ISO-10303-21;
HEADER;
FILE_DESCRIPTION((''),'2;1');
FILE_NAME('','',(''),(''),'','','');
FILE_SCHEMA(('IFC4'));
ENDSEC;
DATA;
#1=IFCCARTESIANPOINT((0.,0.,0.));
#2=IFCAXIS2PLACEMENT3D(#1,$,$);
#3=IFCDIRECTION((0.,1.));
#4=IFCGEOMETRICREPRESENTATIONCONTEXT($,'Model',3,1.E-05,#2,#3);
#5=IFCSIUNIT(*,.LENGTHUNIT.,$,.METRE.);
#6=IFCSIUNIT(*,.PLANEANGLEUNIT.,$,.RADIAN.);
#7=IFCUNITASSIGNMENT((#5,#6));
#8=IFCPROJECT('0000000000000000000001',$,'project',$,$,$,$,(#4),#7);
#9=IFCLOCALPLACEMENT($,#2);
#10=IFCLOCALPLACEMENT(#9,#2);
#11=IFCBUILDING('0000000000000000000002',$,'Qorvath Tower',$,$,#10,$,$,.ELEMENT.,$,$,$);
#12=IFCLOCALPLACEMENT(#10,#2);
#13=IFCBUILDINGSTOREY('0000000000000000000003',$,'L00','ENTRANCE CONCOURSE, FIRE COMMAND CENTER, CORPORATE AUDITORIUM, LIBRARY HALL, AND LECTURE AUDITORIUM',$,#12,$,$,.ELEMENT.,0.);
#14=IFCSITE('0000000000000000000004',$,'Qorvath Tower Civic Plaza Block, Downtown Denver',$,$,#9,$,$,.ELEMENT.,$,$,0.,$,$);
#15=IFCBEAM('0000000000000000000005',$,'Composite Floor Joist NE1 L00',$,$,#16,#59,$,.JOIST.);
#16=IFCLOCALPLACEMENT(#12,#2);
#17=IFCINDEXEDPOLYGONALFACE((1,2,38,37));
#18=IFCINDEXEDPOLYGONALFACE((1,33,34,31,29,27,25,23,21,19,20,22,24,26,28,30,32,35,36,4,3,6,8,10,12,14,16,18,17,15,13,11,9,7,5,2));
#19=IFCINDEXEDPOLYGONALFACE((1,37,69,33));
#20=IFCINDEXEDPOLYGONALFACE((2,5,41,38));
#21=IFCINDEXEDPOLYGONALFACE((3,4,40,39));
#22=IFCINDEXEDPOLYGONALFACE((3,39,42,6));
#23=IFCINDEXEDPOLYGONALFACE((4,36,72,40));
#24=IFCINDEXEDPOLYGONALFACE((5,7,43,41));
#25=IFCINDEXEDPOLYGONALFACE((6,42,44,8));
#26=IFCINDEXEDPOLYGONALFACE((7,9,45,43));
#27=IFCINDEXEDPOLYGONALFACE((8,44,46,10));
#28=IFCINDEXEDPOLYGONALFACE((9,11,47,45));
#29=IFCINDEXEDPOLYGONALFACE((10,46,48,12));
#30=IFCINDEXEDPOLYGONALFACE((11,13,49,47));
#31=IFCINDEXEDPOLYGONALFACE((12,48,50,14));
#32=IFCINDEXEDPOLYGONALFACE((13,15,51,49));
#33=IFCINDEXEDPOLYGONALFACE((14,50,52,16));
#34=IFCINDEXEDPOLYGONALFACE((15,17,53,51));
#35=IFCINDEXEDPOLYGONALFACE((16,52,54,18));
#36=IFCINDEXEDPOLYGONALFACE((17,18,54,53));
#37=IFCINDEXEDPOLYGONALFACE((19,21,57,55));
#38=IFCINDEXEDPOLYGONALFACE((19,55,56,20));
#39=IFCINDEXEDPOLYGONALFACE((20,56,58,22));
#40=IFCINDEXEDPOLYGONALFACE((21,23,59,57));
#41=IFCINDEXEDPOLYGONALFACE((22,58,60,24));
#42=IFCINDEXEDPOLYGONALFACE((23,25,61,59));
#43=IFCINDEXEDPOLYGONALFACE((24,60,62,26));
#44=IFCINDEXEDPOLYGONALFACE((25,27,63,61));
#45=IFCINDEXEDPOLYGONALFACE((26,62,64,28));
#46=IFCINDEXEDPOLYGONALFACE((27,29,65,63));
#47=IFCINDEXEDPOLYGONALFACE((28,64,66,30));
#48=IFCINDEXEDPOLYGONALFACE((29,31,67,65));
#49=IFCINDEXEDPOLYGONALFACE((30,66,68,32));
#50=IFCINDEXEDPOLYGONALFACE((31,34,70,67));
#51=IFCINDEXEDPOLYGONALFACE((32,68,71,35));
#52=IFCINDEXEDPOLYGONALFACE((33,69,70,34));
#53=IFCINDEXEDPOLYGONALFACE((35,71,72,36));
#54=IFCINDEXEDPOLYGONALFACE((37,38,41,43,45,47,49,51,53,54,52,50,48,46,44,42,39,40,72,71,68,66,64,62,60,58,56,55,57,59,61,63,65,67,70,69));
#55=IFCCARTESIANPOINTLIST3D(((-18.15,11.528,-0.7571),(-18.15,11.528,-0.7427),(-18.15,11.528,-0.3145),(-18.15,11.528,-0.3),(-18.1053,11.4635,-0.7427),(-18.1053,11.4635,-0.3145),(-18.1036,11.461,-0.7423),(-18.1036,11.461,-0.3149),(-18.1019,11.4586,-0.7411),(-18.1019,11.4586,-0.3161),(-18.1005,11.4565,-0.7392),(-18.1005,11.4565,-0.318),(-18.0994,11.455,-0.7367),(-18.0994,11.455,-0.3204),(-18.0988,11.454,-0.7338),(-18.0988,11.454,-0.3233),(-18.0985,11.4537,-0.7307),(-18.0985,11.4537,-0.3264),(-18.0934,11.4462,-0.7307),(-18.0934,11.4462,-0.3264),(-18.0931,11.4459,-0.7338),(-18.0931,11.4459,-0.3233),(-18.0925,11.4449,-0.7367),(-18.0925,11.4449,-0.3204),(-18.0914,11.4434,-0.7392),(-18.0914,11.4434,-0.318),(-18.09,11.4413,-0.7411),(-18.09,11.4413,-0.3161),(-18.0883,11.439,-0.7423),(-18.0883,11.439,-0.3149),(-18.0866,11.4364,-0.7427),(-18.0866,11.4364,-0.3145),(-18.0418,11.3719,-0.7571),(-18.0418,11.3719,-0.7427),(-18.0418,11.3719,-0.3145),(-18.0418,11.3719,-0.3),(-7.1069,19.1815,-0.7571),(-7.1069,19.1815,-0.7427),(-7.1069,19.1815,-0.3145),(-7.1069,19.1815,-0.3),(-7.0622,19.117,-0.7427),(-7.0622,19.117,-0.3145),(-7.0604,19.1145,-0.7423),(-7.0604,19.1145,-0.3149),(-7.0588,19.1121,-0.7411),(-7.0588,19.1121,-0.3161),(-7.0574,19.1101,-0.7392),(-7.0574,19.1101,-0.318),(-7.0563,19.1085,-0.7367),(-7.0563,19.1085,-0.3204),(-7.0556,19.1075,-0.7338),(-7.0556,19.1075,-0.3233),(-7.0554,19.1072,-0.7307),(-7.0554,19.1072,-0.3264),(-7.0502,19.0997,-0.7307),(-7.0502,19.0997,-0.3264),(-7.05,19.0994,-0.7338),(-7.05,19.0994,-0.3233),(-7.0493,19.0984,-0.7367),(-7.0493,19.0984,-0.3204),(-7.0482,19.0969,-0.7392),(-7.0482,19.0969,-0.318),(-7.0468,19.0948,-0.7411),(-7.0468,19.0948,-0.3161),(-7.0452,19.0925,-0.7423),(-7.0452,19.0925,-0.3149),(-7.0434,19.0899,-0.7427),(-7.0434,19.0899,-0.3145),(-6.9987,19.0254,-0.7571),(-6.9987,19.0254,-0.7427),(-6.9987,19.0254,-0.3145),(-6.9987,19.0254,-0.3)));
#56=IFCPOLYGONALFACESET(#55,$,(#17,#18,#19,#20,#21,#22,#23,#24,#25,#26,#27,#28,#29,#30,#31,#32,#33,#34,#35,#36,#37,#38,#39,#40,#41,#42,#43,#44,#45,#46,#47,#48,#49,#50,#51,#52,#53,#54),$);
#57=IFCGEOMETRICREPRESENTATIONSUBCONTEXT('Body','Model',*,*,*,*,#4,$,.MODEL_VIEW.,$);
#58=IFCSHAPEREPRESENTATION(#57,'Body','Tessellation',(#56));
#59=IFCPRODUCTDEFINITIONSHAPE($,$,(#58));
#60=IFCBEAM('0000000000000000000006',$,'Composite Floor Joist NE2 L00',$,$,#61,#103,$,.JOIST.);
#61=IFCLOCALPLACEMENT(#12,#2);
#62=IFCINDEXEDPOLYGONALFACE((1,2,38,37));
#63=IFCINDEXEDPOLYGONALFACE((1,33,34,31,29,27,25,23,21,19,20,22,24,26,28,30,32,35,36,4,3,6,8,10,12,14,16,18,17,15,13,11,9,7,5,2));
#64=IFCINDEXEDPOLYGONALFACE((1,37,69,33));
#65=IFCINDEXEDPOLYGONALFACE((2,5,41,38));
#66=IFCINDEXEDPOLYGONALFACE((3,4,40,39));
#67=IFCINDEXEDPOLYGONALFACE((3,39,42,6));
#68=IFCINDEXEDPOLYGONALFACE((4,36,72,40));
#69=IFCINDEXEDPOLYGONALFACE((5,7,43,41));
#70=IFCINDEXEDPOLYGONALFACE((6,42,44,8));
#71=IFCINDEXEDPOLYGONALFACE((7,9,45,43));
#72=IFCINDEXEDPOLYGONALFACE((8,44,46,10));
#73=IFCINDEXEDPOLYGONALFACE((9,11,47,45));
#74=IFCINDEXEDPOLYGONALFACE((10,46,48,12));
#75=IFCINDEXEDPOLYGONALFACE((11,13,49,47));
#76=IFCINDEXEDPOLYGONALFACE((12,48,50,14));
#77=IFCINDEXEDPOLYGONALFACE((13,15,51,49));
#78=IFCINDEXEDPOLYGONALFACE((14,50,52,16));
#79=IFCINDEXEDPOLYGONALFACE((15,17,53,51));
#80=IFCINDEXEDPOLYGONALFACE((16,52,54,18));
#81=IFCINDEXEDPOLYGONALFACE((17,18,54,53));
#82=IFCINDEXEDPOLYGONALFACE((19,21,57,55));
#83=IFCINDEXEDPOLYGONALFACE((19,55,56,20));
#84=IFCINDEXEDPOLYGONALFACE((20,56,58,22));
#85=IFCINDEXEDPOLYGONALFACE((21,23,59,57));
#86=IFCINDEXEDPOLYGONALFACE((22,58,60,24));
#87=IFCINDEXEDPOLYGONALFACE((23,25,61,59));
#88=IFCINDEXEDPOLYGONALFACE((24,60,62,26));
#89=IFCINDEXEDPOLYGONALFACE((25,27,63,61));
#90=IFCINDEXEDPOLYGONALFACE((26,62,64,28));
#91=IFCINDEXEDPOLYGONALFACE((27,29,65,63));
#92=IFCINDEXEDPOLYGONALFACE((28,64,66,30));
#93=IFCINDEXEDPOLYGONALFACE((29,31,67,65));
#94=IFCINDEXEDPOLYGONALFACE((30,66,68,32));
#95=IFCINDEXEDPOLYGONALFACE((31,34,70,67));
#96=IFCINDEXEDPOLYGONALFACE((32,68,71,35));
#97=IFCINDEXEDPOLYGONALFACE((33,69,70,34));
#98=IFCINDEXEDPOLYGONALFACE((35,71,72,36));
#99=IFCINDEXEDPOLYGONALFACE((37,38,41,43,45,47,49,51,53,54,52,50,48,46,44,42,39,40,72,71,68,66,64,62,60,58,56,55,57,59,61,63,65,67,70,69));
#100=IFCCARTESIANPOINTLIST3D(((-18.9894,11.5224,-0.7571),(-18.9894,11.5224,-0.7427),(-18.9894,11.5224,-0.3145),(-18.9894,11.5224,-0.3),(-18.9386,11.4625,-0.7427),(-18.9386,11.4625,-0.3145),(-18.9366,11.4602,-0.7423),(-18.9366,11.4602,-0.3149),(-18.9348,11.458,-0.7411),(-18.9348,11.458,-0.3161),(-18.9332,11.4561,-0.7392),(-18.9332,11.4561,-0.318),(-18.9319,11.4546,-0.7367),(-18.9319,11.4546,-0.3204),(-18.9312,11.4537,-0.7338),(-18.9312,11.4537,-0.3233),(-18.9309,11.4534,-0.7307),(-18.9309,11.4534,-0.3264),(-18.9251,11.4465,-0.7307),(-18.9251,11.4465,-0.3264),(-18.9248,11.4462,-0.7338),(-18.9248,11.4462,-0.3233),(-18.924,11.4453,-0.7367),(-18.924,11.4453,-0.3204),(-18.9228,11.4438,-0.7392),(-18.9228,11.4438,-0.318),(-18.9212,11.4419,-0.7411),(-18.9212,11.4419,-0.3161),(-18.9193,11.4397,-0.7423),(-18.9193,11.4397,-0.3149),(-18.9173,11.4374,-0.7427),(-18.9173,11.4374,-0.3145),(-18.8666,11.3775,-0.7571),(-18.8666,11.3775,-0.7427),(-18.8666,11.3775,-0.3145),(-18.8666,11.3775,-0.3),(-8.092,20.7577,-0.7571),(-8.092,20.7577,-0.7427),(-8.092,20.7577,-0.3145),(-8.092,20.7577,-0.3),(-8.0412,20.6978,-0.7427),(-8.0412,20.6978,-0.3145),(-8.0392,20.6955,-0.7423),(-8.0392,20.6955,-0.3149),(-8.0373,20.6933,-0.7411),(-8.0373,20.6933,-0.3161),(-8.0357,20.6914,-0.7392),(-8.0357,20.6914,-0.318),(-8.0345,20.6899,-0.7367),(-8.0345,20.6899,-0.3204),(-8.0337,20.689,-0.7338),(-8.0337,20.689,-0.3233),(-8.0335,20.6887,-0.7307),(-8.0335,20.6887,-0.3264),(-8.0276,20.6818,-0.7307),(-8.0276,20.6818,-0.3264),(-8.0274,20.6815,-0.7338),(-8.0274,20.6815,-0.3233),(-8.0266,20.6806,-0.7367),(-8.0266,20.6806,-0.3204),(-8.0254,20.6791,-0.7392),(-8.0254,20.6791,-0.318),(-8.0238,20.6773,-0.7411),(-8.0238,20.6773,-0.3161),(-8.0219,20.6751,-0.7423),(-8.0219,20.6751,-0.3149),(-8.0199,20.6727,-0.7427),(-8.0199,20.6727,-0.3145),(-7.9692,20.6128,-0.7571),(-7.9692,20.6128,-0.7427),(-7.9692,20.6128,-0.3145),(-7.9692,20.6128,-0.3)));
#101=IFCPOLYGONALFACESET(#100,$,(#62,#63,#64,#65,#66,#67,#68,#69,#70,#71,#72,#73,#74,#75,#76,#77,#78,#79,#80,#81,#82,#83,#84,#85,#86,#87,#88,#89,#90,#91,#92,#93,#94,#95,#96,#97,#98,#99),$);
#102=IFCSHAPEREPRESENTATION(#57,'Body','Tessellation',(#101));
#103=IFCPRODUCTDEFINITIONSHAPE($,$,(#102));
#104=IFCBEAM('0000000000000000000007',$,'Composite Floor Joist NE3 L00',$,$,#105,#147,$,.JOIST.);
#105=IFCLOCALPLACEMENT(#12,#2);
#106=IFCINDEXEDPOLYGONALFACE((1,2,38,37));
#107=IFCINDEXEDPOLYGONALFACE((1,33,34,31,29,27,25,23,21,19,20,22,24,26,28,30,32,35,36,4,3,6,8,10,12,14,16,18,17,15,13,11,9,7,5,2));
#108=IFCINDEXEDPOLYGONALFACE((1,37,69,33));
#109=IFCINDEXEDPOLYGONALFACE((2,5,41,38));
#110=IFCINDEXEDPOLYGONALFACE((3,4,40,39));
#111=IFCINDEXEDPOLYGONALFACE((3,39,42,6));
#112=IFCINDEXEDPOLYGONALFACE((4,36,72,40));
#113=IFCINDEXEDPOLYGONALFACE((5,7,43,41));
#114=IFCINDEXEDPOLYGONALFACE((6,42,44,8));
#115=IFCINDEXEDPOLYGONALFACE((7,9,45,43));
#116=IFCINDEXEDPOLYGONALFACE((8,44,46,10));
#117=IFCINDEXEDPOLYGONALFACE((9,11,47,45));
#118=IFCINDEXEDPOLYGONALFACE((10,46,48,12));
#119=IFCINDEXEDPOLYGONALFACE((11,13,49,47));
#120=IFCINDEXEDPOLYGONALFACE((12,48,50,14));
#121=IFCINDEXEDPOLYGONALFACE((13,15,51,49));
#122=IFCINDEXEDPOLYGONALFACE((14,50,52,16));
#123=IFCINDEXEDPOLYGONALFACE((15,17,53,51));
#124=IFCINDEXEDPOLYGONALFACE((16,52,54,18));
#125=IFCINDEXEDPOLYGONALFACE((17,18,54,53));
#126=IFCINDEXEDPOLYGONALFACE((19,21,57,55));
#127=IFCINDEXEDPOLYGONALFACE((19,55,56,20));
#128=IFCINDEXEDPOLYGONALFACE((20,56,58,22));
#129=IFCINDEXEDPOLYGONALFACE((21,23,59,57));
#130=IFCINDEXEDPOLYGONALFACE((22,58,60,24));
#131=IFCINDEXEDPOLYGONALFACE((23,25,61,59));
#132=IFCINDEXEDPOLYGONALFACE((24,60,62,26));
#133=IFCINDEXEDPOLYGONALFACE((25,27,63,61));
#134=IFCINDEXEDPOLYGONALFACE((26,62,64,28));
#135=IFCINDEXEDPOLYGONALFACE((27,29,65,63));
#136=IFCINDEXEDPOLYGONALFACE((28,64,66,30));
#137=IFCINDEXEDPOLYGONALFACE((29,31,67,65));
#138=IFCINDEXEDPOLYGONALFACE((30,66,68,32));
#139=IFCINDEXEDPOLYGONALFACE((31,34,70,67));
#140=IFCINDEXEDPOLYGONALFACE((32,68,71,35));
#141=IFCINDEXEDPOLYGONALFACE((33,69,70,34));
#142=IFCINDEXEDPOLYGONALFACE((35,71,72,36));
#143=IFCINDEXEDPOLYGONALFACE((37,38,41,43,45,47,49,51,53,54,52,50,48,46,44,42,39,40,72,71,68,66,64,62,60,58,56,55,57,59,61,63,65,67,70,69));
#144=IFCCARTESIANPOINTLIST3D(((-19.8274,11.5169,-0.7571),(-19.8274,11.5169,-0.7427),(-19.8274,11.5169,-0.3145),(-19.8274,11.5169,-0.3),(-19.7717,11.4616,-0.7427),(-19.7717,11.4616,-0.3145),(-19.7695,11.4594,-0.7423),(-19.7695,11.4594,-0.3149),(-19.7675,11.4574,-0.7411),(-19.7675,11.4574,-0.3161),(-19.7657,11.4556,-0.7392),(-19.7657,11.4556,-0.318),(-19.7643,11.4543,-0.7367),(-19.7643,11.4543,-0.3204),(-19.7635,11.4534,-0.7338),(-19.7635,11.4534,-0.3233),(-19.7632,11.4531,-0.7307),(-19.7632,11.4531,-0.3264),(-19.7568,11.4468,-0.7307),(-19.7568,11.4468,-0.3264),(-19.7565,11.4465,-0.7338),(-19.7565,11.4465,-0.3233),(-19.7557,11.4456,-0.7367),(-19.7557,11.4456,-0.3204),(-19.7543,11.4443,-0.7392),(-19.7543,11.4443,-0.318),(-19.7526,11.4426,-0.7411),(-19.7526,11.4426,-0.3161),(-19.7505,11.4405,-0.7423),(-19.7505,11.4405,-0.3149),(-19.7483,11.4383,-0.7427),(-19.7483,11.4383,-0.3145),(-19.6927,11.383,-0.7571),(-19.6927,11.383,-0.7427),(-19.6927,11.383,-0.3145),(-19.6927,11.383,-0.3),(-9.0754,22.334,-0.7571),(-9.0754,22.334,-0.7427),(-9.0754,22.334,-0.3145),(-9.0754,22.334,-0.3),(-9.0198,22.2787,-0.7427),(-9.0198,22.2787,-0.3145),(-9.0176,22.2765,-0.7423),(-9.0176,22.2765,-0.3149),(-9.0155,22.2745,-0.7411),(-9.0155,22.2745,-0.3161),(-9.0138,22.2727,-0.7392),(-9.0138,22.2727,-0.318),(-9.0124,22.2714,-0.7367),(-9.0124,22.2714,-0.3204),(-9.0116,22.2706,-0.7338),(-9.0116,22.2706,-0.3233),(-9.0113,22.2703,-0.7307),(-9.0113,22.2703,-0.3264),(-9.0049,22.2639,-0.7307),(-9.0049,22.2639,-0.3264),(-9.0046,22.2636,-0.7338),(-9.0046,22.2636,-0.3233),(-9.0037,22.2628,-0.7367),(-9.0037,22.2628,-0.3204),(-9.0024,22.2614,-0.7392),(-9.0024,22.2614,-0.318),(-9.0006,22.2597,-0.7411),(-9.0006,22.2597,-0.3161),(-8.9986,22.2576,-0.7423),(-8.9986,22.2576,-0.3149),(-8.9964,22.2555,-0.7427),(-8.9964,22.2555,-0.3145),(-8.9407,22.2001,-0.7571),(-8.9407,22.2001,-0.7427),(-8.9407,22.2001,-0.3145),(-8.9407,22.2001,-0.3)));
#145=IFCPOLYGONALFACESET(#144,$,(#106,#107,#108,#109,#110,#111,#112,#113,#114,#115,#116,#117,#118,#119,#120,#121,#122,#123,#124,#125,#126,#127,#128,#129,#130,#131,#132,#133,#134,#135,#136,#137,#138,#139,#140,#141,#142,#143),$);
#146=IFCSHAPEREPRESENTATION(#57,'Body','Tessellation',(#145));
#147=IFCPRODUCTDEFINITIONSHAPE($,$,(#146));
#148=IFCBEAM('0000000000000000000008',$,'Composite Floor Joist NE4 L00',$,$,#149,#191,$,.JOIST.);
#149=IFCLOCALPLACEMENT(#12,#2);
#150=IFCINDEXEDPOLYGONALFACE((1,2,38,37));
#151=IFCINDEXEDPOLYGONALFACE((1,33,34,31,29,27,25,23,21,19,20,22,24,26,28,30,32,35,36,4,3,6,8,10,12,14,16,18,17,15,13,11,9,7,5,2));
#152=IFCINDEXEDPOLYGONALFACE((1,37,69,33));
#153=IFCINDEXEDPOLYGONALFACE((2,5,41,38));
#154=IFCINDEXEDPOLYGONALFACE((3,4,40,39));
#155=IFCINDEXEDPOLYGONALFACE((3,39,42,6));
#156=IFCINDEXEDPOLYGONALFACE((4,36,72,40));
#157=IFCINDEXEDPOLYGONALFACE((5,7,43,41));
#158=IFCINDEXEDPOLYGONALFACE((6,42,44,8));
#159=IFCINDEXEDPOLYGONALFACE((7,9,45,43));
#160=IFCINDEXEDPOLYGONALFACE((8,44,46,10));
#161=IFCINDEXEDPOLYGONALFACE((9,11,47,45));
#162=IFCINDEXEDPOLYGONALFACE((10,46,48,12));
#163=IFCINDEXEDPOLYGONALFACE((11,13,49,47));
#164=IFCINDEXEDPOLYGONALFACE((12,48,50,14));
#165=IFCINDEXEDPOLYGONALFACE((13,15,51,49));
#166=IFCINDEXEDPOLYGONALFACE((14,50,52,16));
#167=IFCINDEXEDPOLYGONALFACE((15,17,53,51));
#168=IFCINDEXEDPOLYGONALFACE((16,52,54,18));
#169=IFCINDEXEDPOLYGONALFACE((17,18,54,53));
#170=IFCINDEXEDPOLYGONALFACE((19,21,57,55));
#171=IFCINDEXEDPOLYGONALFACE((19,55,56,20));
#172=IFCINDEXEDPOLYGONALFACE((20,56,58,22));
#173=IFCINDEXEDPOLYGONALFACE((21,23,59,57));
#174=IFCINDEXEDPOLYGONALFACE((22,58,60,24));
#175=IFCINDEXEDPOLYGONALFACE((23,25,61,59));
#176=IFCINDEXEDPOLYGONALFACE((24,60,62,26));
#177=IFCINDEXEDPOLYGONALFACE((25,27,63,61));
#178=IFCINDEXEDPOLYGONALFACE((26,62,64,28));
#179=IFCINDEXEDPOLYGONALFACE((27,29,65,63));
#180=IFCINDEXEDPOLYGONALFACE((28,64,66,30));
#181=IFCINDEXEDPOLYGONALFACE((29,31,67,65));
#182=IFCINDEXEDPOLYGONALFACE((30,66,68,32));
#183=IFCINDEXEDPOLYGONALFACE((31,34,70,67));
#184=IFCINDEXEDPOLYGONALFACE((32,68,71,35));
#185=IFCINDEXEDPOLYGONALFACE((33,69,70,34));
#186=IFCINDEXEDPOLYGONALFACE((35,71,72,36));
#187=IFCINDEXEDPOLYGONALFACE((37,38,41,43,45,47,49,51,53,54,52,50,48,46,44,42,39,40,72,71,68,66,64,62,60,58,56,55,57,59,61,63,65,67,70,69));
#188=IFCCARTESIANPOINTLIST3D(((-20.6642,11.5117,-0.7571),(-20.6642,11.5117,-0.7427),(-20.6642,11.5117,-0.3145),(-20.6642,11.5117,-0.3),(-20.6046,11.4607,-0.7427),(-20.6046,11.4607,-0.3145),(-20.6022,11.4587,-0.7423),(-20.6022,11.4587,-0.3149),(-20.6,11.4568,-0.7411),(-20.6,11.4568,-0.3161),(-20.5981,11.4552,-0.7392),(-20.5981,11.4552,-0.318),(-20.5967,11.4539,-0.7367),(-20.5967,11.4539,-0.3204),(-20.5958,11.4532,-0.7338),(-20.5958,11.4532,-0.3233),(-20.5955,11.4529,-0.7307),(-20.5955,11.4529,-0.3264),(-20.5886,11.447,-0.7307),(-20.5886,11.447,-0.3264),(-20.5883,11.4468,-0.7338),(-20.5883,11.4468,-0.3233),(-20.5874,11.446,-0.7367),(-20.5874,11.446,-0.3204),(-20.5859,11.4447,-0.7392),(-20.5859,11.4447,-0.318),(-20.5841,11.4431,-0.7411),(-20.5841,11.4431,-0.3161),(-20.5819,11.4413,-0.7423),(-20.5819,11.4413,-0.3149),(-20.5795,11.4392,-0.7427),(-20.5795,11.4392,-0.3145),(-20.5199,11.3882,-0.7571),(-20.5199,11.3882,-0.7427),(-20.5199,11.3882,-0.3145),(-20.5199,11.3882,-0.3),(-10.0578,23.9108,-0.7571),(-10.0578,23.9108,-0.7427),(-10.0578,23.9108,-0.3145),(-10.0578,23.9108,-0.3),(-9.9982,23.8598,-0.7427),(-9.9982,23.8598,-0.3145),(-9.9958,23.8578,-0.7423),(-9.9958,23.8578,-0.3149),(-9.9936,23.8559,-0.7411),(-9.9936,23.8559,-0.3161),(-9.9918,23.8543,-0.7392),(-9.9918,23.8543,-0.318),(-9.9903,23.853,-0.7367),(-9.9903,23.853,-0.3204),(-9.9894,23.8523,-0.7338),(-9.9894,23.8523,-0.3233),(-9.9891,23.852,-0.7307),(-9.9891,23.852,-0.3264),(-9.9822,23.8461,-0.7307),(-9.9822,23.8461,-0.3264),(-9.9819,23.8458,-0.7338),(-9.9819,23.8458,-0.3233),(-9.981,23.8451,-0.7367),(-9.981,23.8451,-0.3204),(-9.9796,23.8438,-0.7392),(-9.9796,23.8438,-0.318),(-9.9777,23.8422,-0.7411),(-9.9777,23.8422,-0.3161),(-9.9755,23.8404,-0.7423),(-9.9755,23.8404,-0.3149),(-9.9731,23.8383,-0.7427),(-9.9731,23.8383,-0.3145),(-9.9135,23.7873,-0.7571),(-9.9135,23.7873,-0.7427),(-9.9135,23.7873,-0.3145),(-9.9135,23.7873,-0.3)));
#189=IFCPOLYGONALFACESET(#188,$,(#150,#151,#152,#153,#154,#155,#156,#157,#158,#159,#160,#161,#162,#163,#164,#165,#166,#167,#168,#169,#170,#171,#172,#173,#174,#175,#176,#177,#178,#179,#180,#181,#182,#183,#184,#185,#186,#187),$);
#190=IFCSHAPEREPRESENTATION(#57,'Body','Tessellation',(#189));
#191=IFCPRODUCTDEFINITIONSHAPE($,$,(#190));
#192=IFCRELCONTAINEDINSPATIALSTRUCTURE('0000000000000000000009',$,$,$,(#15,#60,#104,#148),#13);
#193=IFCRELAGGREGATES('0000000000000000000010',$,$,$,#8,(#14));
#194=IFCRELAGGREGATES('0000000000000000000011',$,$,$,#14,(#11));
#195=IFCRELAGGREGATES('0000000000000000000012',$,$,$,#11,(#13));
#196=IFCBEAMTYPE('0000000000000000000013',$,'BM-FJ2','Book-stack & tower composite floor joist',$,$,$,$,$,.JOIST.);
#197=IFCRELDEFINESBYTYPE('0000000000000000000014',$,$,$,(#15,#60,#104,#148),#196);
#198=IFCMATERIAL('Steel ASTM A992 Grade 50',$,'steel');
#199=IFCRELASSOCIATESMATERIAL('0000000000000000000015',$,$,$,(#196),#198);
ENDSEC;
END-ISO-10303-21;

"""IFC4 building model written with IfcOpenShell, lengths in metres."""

from ifc_helpers import new_model, si_unit, direction, frame, origin, origin_2d, place, context, subcontext, project, spatial, i_section, extrude, material, material_profile, profile_set, type_object, element, save


model = new_model("IFC4")

# Units and contexts
model_context = context("Model", 3, precision=1e-05, world=origin(), true_north=direction((0.0, 1.0)))
body_context = subcontext(model_context, "Body", "Model", "MODEL_VIEW")
ifc_project = project(units=[si_unit("LENGTHUNIT", "METRE"), si_unit("PLANEANGLEUNIT", "RADIAN")], contexts=[model_context])

# Site, building, storey
site_placement = place(None, origin())
site = spatial("IfcSite", under=ifc_project, at=site_placement, Name="Qorvath Tower Civic Plaza Block, Downtown Denver", CompositionType="ELEMENT", RefElevation=0.0)
building_placement = place(site_placement, origin())
building = spatial("IfcBuilding", under=site, at=building_placement, Name="Qorvath Tower", CompositionType="ELEMENT")
storey_placement = place(building_placement, origin())
storey = spatial("IfcBuildingStorey", under=building, at=storey_placement, Name="L00", Description="ENTRANCE CONCOURSE, FIRE COMMAND CENTER, CORPORATE AUDITORIUM, LIBRARY HALL, AND LECTURE AUDITORIUM", CompositionType="ELEMENT", Elevation=0.0)

# Beams
ifc_material_1 = material(Name="Steel ASTM A992 Grade 50", Category="steel")
ifc_material_profile_1 = material_profile(ifc_material_1, i_section(OverallWidth=0.1899, OverallDepth=0.457, WebThickness=0.009, FlangeThickness=0.0144, FilletRadius=0.012, at=origin_2d()), Name="W18x50")
ifc_profile_set_1 = profile_set([ifc_material_profile_1], Name="Steel ASTM A992 Grade 50")
beam_type_1 = type_object("IfcBeamType", Name="BM-FJ2", Description="Book-stack & tower composite floor joist", PredefinedType="JOIST", material=ifc_profile_set_1)
beam_1_placement = place(storey_placement, frame((-18.0959, 11.45, -0.5286), z_axis=(0.821904, 0.569626, 0.0), x_axis=(-0.569626, 0.821904, 0.0)))
element("IfcBeam", 1, at=beam_1_placement, inside=storey, type_object=beam_type_1, Name="Composite Floor Joist NE1 L00", PredefinedType="JOIST", context=body_context, shape_type="SweptSolid", body=[
    extrude(i_section(OverallWidth=0.1899, OverallDepth=0.457, WebThickness=0.009, FlangeThickness=0.0144, FilletRadius=0.012, at=origin_2d()), origin(), (0.0, 0.0, 1.0), 13.436),
])
beam_2_placement = place(storey_placement, frame((-18.928, 11.45, -0.5286), z_axis=(0.762888, 0.64653, 0.0), x_axis=(-0.64653, 0.762888, 0.0)))
element("IfcBeam", 2, at=beam_2_placement, inside=storey, type_object=beam_type_1, Name="Composite Floor Joist NE2 L00", PredefinedType="JOIST", context=body_context, shape_type="SweptSolid", body=[
    extrude(i_section(OverallWidth=0.1899, OverallDepth=0.457, WebThickness=0.009, FlangeThickness=0.0144, FilletRadius=0.012, at=origin_2d()), origin(), (0.0, 0.0, 1.0), 14.2844),
])
beam_3_placement = place(storey_placement, frame((-19.76, 11.45, -0.5286), z_axis=(0.704967, 0.709241, 0.0), x_axis=(-0.709241, 0.704967, 0.0)))
element("IfcBeam", 3, at=beam_3_placement, inside=storey, type_object=beam_type_1, Name="Composite Floor Joist NE3 L00", PredefinedType="JOIST", context=body_context, shape_type="SweptSolid", body=[
    extrude(i_section(OverallWidth=0.1899, OverallDepth=0.457, WebThickness=0.009, FlangeThickness=0.0144, FilletRadius=0.012, at=origin_2d()), origin(), (0.0, 0.0, 1.0), 15.2517),
])
beam_4_placement = place(storey_placement, frame((-20.592, 11.45, -0.5286), z_axis=(0.650034, 0.759905, 0.0), x_axis=(-0.759905, 0.650034, 0.0)))
element("IfcBeam", 4, at=beam_4_placement, inside=storey, type_object=beam_type_1, Name="Composite Floor Joist NE4 L00", PredefinedType="JOIST", context=body_context, shape_type="SweptSolid", body=[
    extrude(i_section(OverallWidth=0.1899, OverallDepth=0.457, WebThickness=0.009, FlangeThickness=0.0144, FilletRadius=0.012, at=origin_2d()), origin(), (0.0, 0.0, 1.0), 16.3167),
])

save(model, "model.ifc")
